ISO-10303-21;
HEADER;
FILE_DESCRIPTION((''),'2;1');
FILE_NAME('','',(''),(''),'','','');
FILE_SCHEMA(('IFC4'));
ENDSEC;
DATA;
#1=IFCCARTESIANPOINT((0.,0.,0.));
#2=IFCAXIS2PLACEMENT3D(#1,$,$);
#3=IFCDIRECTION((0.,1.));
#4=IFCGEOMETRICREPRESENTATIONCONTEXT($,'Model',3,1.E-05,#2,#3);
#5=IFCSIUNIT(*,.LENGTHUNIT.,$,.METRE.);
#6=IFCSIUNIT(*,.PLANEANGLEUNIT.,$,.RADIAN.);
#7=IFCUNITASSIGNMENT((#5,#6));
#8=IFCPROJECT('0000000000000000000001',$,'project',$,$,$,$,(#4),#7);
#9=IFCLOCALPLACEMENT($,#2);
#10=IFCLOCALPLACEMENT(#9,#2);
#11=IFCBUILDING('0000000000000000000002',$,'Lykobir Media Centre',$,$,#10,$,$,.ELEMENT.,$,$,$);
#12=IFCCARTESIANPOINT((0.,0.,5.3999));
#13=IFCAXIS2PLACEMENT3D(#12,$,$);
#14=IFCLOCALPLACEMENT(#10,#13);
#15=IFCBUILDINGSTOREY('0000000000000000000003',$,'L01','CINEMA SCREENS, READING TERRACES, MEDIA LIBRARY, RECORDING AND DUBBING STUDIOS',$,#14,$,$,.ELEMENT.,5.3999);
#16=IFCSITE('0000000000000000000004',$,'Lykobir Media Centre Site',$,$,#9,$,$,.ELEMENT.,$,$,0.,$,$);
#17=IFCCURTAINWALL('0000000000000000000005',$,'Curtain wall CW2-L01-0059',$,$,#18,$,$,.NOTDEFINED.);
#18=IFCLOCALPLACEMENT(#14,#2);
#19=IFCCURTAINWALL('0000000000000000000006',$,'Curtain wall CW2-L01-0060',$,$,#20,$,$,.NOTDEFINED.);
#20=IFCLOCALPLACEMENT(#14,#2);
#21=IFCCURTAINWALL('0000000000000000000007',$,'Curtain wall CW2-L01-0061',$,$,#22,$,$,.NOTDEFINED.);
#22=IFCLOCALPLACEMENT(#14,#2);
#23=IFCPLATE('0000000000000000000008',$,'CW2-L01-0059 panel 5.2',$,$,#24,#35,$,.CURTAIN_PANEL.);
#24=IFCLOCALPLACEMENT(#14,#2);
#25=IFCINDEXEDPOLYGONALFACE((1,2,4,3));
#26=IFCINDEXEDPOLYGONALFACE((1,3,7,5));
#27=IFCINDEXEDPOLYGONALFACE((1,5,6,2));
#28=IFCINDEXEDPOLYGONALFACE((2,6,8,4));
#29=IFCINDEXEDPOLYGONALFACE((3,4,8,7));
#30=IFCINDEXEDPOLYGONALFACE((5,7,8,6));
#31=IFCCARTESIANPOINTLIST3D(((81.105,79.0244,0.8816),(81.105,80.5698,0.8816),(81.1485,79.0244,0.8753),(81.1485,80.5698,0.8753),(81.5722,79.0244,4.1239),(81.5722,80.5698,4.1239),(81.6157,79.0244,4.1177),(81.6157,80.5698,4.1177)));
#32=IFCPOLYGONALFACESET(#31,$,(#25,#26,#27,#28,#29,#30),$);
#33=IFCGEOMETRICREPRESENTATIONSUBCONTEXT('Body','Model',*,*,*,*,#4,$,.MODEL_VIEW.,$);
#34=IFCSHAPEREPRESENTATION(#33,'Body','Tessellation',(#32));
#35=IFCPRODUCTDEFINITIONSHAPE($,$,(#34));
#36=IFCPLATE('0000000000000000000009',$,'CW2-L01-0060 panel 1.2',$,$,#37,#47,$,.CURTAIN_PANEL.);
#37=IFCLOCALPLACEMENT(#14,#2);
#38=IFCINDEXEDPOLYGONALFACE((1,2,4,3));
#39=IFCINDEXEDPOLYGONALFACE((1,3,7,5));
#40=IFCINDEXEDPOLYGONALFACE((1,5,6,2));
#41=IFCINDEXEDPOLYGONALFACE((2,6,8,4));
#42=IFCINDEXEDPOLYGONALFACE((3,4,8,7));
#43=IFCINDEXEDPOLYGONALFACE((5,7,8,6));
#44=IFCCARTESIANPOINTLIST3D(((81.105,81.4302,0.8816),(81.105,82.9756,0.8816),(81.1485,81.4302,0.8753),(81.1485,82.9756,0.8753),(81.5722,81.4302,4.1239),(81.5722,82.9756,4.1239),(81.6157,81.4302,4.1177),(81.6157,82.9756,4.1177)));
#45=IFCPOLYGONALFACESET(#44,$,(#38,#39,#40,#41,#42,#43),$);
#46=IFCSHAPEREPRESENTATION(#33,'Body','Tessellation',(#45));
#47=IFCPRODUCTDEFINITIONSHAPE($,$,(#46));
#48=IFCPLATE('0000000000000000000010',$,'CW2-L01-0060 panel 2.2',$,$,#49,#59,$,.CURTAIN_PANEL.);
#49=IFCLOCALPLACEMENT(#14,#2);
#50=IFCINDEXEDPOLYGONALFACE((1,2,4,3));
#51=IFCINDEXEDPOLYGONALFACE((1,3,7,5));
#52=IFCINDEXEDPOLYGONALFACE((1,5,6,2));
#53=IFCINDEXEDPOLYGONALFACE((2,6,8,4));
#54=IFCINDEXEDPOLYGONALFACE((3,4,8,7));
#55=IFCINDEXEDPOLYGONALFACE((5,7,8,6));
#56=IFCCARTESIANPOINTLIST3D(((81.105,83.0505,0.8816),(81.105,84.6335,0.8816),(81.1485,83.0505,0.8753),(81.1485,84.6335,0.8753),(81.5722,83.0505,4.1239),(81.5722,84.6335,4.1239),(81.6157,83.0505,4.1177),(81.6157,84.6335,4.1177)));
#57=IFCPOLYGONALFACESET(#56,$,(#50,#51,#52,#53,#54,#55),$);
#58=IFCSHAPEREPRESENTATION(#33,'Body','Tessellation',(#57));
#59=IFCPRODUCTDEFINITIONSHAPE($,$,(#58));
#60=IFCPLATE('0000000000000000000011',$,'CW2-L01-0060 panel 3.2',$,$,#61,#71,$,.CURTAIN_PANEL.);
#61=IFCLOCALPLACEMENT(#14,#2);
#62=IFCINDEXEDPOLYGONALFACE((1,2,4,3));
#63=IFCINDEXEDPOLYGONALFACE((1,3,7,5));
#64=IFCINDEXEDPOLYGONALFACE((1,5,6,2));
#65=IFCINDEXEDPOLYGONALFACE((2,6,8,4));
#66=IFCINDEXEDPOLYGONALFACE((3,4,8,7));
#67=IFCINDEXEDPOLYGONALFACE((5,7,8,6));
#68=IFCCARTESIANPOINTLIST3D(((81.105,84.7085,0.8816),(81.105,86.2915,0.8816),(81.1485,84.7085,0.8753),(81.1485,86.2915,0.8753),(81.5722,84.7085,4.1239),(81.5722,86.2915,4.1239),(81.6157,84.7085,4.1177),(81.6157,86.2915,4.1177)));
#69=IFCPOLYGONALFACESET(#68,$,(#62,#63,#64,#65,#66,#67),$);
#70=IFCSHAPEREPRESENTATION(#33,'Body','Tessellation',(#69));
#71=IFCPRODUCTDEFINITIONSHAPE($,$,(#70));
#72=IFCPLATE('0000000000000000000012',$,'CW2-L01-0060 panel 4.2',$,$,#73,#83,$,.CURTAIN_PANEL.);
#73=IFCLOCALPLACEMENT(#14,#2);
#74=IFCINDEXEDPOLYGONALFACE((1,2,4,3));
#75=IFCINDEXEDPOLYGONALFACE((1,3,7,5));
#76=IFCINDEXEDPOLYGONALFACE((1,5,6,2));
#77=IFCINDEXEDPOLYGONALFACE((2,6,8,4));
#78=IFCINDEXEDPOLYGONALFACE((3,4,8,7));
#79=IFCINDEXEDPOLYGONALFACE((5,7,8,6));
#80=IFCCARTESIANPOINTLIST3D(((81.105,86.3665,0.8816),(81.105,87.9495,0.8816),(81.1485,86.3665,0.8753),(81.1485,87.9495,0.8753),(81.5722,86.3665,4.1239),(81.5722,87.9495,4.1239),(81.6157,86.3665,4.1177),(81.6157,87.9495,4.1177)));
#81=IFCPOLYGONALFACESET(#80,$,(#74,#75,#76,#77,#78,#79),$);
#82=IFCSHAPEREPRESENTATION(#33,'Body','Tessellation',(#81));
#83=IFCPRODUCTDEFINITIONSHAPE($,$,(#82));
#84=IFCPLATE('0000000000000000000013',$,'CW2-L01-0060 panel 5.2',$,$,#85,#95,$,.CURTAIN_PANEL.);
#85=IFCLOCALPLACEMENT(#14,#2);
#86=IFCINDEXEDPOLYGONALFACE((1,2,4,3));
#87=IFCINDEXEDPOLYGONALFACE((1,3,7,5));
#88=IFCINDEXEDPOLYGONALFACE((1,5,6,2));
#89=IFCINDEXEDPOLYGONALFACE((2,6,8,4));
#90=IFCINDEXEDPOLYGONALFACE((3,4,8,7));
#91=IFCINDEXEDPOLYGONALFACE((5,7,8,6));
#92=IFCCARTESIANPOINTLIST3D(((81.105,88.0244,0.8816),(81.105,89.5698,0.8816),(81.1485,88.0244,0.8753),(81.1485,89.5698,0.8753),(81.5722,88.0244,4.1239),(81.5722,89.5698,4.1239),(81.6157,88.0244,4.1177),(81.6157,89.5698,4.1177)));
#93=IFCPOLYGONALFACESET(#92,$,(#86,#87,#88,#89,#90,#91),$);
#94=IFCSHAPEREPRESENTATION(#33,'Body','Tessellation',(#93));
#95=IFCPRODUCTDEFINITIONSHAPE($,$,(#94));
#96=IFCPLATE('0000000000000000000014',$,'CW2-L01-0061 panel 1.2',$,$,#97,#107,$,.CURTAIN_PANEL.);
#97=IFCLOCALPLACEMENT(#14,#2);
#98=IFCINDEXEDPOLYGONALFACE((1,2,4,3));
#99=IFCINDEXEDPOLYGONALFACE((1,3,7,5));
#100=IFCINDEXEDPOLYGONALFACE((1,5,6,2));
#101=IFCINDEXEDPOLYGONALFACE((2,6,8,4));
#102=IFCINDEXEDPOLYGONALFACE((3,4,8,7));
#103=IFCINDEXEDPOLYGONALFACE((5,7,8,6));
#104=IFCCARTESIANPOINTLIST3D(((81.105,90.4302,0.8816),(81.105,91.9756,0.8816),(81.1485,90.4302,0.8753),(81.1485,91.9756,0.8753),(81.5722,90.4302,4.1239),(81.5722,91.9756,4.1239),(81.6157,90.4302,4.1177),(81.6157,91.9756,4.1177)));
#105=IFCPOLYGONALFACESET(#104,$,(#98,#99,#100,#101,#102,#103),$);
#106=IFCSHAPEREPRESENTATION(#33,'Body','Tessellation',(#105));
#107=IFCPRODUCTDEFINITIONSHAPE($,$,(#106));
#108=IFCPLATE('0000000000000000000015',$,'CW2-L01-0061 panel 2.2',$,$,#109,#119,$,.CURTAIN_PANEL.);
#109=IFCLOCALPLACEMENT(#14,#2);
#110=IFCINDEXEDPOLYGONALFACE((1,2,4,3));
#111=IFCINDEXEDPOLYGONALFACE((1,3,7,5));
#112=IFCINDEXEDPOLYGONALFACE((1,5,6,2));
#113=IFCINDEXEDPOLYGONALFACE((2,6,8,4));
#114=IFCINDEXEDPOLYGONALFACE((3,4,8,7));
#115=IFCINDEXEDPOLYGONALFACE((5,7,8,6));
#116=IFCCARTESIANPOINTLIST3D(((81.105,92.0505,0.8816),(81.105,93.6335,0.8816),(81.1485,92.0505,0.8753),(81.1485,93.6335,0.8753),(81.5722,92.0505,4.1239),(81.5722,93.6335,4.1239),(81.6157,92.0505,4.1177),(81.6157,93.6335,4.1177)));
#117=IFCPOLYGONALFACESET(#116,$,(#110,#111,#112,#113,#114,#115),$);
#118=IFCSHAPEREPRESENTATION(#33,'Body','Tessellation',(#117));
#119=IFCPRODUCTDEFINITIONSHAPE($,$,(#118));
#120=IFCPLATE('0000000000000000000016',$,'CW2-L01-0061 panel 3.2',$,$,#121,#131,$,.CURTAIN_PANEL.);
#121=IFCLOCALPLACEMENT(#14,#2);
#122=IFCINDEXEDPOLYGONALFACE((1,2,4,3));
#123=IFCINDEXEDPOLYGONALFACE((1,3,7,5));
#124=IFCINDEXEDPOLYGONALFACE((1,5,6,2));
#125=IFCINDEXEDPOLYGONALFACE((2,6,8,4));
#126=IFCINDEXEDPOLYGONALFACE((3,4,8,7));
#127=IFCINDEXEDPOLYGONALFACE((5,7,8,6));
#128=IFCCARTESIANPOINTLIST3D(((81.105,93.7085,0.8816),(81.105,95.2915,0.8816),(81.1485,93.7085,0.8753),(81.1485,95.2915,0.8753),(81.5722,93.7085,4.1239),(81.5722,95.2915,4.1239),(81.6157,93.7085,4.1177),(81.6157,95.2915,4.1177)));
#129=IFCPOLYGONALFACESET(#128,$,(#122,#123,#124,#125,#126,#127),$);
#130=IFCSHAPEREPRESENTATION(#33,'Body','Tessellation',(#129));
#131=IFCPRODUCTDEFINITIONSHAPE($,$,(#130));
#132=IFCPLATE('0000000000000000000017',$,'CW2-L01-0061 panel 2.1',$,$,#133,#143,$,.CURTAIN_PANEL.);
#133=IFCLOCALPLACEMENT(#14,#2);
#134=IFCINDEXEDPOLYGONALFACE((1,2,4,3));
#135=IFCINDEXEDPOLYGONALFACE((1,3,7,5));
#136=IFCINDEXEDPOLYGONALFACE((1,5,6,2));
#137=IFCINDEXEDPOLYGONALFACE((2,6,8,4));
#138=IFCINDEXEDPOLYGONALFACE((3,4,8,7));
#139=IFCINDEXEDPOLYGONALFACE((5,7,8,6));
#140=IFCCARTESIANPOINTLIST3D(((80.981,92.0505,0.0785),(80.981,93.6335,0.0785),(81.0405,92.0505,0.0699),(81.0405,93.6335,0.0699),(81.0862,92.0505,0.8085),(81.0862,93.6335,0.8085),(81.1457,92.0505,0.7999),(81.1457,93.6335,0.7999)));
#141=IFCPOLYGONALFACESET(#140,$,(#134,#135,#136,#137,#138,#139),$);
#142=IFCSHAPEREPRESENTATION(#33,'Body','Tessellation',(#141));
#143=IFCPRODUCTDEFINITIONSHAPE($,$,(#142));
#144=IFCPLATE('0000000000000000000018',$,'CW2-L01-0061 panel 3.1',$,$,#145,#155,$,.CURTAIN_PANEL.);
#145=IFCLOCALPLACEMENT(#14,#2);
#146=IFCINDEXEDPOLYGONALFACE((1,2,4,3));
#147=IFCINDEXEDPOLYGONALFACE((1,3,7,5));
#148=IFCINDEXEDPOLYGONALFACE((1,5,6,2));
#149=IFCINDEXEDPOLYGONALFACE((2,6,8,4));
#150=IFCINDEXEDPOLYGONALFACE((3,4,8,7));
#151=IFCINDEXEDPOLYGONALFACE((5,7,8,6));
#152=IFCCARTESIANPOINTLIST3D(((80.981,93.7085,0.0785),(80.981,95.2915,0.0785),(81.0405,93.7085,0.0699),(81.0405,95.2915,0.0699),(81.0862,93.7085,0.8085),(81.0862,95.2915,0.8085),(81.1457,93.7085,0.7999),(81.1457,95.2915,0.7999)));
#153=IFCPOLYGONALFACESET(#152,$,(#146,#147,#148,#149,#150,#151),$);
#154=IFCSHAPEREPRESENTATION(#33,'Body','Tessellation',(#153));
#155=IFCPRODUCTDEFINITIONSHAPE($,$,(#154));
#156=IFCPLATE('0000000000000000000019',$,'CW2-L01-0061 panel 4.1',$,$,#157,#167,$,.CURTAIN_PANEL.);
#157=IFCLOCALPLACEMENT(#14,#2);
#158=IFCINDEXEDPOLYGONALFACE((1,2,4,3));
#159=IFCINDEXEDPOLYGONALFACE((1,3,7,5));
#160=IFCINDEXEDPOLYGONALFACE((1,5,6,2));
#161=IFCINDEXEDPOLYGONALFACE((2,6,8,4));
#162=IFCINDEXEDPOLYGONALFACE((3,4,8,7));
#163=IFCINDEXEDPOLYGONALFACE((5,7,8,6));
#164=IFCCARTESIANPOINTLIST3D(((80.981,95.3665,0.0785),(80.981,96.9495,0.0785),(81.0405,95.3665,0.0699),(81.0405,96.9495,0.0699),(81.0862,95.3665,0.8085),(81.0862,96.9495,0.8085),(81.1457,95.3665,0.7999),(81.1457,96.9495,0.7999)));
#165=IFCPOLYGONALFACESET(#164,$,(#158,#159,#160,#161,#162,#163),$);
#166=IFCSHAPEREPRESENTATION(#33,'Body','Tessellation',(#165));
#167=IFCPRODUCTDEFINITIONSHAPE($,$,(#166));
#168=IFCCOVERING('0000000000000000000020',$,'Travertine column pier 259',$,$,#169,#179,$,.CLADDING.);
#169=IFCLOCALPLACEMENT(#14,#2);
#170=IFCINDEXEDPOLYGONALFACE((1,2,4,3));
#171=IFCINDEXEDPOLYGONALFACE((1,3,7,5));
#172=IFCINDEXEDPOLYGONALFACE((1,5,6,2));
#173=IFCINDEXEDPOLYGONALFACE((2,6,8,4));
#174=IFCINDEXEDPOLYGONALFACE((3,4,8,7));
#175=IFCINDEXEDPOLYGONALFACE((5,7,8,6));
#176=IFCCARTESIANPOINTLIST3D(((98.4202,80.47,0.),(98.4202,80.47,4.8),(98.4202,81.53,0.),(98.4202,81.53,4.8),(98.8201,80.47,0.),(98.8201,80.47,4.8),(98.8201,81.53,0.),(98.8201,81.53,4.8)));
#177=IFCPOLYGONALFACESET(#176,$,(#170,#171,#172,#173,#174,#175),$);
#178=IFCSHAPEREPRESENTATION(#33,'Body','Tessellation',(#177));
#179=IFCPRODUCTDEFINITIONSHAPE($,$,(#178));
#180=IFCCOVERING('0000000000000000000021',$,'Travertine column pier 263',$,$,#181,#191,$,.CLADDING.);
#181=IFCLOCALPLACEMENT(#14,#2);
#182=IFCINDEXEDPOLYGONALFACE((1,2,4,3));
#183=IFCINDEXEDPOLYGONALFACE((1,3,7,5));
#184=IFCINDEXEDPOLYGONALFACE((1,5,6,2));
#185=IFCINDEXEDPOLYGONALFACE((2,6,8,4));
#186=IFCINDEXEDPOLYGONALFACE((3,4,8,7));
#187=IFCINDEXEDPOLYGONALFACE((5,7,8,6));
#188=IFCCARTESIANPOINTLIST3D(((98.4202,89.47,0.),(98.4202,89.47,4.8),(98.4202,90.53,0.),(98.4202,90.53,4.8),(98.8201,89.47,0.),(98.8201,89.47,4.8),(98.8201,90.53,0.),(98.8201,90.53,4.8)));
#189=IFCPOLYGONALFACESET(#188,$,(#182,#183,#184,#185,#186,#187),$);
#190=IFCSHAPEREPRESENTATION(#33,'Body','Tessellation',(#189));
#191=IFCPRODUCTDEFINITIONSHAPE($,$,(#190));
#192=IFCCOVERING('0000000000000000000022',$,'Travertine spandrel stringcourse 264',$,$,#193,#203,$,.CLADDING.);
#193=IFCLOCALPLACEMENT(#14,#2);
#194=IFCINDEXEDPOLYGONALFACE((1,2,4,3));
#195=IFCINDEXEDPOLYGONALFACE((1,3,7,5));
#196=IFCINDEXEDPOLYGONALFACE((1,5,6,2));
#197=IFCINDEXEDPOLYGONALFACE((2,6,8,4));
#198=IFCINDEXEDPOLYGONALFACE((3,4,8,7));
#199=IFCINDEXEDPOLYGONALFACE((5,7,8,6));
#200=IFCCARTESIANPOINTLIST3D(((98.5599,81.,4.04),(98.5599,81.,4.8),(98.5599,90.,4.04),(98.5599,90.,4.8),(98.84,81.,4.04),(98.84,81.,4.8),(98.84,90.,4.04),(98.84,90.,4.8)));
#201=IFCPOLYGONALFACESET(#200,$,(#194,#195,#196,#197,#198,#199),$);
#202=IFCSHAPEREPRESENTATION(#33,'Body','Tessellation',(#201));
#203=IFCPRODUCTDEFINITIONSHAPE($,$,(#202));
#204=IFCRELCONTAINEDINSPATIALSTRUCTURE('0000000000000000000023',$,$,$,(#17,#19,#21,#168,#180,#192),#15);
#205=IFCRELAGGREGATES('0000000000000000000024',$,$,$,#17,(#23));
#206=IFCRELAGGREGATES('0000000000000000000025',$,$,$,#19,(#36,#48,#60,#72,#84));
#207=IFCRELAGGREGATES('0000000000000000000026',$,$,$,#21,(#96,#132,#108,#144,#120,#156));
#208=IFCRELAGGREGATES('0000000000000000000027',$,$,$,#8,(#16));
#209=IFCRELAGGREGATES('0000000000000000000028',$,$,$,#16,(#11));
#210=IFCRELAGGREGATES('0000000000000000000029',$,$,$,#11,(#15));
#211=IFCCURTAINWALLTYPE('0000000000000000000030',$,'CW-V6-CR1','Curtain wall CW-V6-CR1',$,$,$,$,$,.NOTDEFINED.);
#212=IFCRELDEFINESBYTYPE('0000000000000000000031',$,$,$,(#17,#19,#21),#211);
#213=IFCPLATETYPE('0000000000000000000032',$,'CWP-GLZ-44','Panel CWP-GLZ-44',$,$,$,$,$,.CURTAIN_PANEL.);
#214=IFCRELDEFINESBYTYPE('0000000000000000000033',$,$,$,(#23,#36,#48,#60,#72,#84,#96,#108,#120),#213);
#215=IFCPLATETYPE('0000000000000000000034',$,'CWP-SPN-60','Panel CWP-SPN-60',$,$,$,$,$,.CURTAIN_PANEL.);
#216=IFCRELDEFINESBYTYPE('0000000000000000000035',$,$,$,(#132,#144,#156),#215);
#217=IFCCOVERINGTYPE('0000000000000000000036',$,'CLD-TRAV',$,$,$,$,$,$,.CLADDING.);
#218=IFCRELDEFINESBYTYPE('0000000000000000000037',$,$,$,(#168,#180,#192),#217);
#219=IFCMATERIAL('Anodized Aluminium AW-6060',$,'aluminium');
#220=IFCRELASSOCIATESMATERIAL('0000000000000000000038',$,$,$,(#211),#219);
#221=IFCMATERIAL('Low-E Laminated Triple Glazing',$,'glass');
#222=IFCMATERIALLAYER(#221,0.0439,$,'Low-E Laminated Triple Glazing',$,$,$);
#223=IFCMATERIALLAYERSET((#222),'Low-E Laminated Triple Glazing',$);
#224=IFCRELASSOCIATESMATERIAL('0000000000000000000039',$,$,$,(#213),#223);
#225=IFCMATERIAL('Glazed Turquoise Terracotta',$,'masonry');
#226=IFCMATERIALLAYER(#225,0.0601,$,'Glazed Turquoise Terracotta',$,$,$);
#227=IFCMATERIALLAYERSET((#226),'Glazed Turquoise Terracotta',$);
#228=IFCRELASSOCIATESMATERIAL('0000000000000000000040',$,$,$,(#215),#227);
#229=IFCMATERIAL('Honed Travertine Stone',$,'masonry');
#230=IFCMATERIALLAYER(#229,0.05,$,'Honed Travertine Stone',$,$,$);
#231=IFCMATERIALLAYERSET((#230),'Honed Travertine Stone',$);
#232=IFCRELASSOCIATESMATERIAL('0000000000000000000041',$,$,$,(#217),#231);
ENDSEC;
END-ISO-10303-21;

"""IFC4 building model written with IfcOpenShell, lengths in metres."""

from ifc_helpers import new_model, si_unit, direction, frame, origin, origin_2d, place, context, subcontext, project, spatial, rectangle, extrude, material, layer, layer_set, type_object, element, aggregate, save


model = new_model("IFC4")

# Units and contexts
model_context = context("Model", 3, precision=1e-05, world=origin(), true_north=direction((0.0, 1.0)))
body_context = subcontext(model_context, "Body", "Model", "MODEL_VIEW")
ifc_project = project(units=[si_unit("LENGTHUNIT", "METRE"), si_unit("PLANEANGLEUNIT", "RADIAN")], contexts=[model_context])

# Site, building, storey
site_placement = place(None, origin())
site = spatial("IfcSite", under=ifc_project, at=site_placement, Name="Lykobir Media Centre Site", CompositionType="ELEMENT", RefElevation=0.0)
building_placement = place(site_placement, origin())
building = spatial("IfcBuilding", under=site, at=building_placement, Name="Lykobir Media Centre", CompositionType="ELEMENT")
storey_placement = place(building_placement, frame((0.0, 0.0, 5.3999)))
storey = spatial("IfcBuildingStorey", under=building, at=storey_placement, Name="L01", Description="CINEMA SCREENS, READING TERRACES, MEDIA LIBRARY, RECORDING AND DUBBING STUDIOS", CompositionType="ELEMENT", Elevation=5.3999)

# Curtain walls
ifc_material_1 = material(Name="Anodized Aluminium AW-6060", Category="aluminium")
curtain_wall_type = type_object("IfcCurtainWallType", Name="CW-V6-CR1", Description="Curtain wall CW-V6-CR1", PredefinedType="NOTDEFINED", material=ifc_material_1)
curtain_wall_1_placement = place(storey_placement, origin())
curtain_wall_1 = element("IfcCurtainWall", 1, at=curtain_wall_1_placement, inside=storey, type_object=curtain_wall_type, Name="Curtain wall CW2-L01-0059", PredefinedType="NOTDEFINED")
curtain_wall_2_placement = place(storey_placement, origin())
curtain_wall_2 = element("IfcCurtainWall", 2, at=curtain_wall_2_placement, inside=storey, type_object=curtain_wall_type, Name="Curtain wall CW2-L01-0060", PredefinedType="NOTDEFINED")
curtain_wall_3_placement = place(storey_placement, origin())
curtain_wall_3 = element("IfcCurtainWall", 3, at=curtain_wall_3_placement, inside=storey, type_object=curtain_wall_type, Name="Curtain wall CW2-L01-0061", PredefinedType="NOTDEFINED")

# Plates
ifc_material_2 = material(Name="Low-E Laminated Triple Glazing", Category="glass")
ifc_layer_1 = layer(ifc_material_2, 0.0439, Name="Low-E Laminated Triple Glazing")
ifc_layer_set_1 = layer_set([ifc_layer_1], Name="Low-E Laminated Triple Glazing")
plate_type_1 = type_object("IfcPlateType", Name="CWP-GLZ-44", Description="Panel CWP-GLZ-44", PredefinedType="CURTAIN_PANEL", material=ifc_layer_set_1)
plate_1_placement = place(storey_placement, frame((81.1267, 79.7971, 0.8784), z_axis=(0.142629, 0.0, 0.989776), x_axis=(0.0, 1.0, 0.0)))
plate_1 = element("IfcPlate", 4, at=plate_1_placement, type_object=plate_type_1, Name="CW2-L01-0059 panel 5.2", PredefinedType="CURTAIN_PANEL", context=body_context, shape_type="SweptSolid", body=[
    extrude(rectangle(XDim=1.5454, YDim=0.0439, at=origin_2d()), origin(), (0.0, 0.0, 1.0), 3.2759),
])
aggregate(curtain_wall_1, [plate_1])
plate_2_placement = place(storey_placement, frame((81.1267, 82.2029, 0.8784), z_axis=(0.142629, 0.0, 0.989776), x_axis=(0.0, 1.0, 0.0)))
plate_2 = element("IfcPlate", 5, at=plate_2_placement, type_object=plate_type_1, Name="CW2-L01-0060 panel 1.2", PredefinedType="CURTAIN_PANEL", context=body_context, shape_type="SweptSolid", body=[
    extrude(rectangle(XDim=1.5454, YDim=0.0439, at=origin_2d()), origin(), (0.0, 0.0, 1.0), 3.2759),
])
plate_3_placement = place(storey_placement, frame((81.1267, 83.842, 0.8784), z_axis=(0.142629, 0.0, 0.989776), x_axis=(0.0, 1.0, 0.0)))
plate_3 = element("IfcPlate", 6, at=plate_3_placement, type_object=plate_type_1, Name="CW2-L01-0060 panel 2.2", PredefinedType="CURTAIN_PANEL", context=body_context, shape_type="SweptSolid", body=[
    extrude(rectangle(XDim=1.583, YDim=0.0439, at=origin_2d()), origin(), (0.0, 0.0, 1.0), 3.2759),
])
plate_4_placement = place(storey_placement, frame((81.1267, 85.5, 0.8784), z_axis=(0.142629, 0.0, 0.989776), x_axis=(0.0, 1.0, 0.0)))
plate_4 = element("IfcPlate", 7, at=plate_4_placement, type_object=plate_type_1, Name="CW2-L01-0060 panel 3.2", PredefinedType="CURTAIN_PANEL", context=body_context, shape_type="SweptSolid", body=[
    extrude(rectangle(XDim=1.583, YDim=0.0439, at=origin_2d()), origin(), (0.0, 0.0, 1.0), 3.2759),
])
plate_5_placement = place(storey_placement, frame((81.1267, 87.158, 0.8784), z_axis=(0.142629, 0.0, 0.989776), x_axis=(0.0, 1.0, 0.0)))
plate_5 = element("IfcPlate", 8, at=plate_5_placement, type_object=plate_type_1, Name="CW2-L01-0060 panel 4.2", PredefinedType="CURTAIN_PANEL", context=body_context, shape_type="SweptSolid", body=[
    extrude(rectangle(XDim=1.583, YDim=0.0439, at=origin_2d()), origin(), (0.0, 0.0, 1.0), 3.2759),
])
plate_6_placement = place(storey_placement, frame((81.1267, 88.7971, 0.8784), z_axis=(0.142629, 0.0, 0.989776), x_axis=(0.0, 1.0, 0.0)))
plate_6 = element("IfcPlate", 9, at=plate_6_placement, type_object=plate_type_1, Name="CW2-L01-0060 panel 5.2", PredefinedType="CURTAIN_PANEL", context=body_context, shape_type="SweptSolid", body=[
    extrude(rectangle(XDim=1.5454, YDim=0.0439, at=origin_2d()), origin(), (0.0, 0.0, 1.0), 3.2759),
])
aggregate(curtain_wall_2, [plate_2, plate_3, plate_4, plate_5, plate_6])
plate_7_placement = place(storey_placement, frame((81.1267, 91.2029, 0.8784), z_axis=(0.142629, 0.0, 0.989776), x_axis=(0.0, 1.0, 0.0)))
plate_7 = element("IfcPlate", 10, at=plate_7_placement, type_object=plate_type_1, Name="CW2-L01-0061 panel 1.2", PredefinedType="CURTAIN_PANEL", context=body_context, shape_type="SweptSolid", body=[
    extrude(rectangle(XDim=1.5454, YDim=0.0439, at=origin_2d()), origin(), (0.0, 0.0, 1.0), 3.2759),
])
plate_8_placement = place(storey_placement, frame((81.1267, 92.842, 0.8784), z_axis=(0.142629, 0.0, 0.989776), x_axis=(0.0, 1.0, 0.0)))
plate_8 = element("IfcPlate", 11, at=plate_8_placement, type_object=plate_type_1, Name="CW2-L01-0061 panel 2.2", PredefinedType="CURTAIN_PANEL", context=body_context, shape_type="SweptSolid", body=[
    extrude(rectangle(XDim=1.583, YDim=0.0439, at=origin_2d()), origin(), (0.0, 0.0, 1.0), 3.2759),
])
plate_9_placement = place(storey_placement, frame((81.1267, 94.5, 0.8784), z_axis=(0.142629, 0.0, 0.989776), x_axis=(0.0, 1.0, 0.0)))
plate_9 = element("IfcPlate", 12, at=plate_9_placement, type_object=plate_type_1, Name="CW2-L01-0061 panel 3.2", PredefinedType="CURTAIN_PANEL", context=body_context, shape_type="SweptSolid", body=[
    extrude(rectangle(XDim=1.583, YDim=0.0439, at=origin_2d()), origin(), (0.0, 0.0, 1.0), 3.2759),
])
ifc_material_3 = material(Name="Glazed Turquoise Terracotta", Category="masonry")
ifc_layer_2 = layer(ifc_material_3, 0.0601, Name="Glazed Turquoise Terracotta")
ifc_layer_set_2 = layer_set([ifc_layer_2], Name="Glazed Turquoise Terracotta")
plate_type_2 = type_object("IfcPlateType", Name="CWP-SPN-60", Description="Panel CWP-SPN-60", PredefinedType="CURTAIN_PANEL", material=ifc_layer_set_2)
plate_10_placement = place(storey_placement, frame((81.0107, 92.842, 0.0742), z_axis=(0.142629, 0.0, 0.989776), x_axis=(0.0, 1.0, 0.0)))
plate_10 = element("IfcPlate", 13, at=plate_10_placement, type_object=plate_type_2, Name="CW2-L01-0061 panel 2.1", PredefinedType="CURTAIN_PANEL", context=body_context, shape_type="SweptSolid", body=[
    extrude(rectangle(XDim=1.583, YDim=0.0601, at=origin_2d()), origin(), (0.0, 0.0, 1.0), 0.7375),
])
plate_11_placement = place(storey_placement, frame((81.0107, 94.5, 0.0742), z_axis=(0.142629, 0.0, 0.989776), x_axis=(0.0, 1.0, 0.0)))
plate_11 = element("IfcPlate", 14, at=plate_11_placement, type_object=plate_type_2, Name="CW2-L01-0061 panel 3.1", PredefinedType="CURTAIN_PANEL", context=body_context, shape_type="SweptSolid", body=[
    extrude(rectangle(XDim=1.583, YDim=0.0601, at=origin_2d()), origin(), (0.0, 0.0, 1.0), 0.7375),
])
plate_12_placement = place(storey_placement, frame((81.0107, 96.158, 0.0742), z_axis=(0.142629, 0.0, 0.989776), x_axis=(0.0, 1.0, 0.0)))
plate_12 = element("IfcPlate", 15, at=plate_12_placement, type_object=plate_type_2, Name="CW2-L01-0061 panel 4.1", PredefinedType="CURTAIN_PANEL", context=body_context, shape_type="SweptSolid", body=[
    extrude(rectangle(XDim=1.583, YDim=0.0601, at=origin_2d()), origin(), (0.0, 0.0, 1.0), 0.7375),
])
aggregate(curtain_wall_3, [plate_7, plate_10, plate_8, plate_11, plate_9, plate_12])

# Coverings
ifc_material_4 = material(Name="Honed Travertine Stone", Category="masonry")
ifc_layer_3 = layer(ifc_material_4, 0.05, Name="Honed Travertine Stone")
ifc_layer_set_3 = layer_set([ifc_layer_3], Name="Honed Travertine Stone")
covering_type = type_object("IfcCoveringType", Name="CLD-TRAV", PredefinedType="CLADDING", material=ifc_layer_set_3)
for number, where, z_axis, x_axis, name in (
    (16, (98.6201, 81.0, 0.0), (0.0, 0.0, 1.0), (0.0, -1.0, 0.0), "Travertine column pier 259"),
    (17, (98.6201, 90.0, 0.0), (0.0, 0.0, 1.0), (0.0, -1.0, 0.0), "Travertine column pier 263"),
):
    element("IfcCovering", number, at=place(storey_placement, frame(where, z_axis=z_axis, x_axis=x_axis)), inside=storey, type_object=covering_type, Name=name, PredefinedType="CLADDING", context=body_context, shape_type="SweptSolid", body=[
        extrude(rectangle(XDim=1.0601, YDim=0.3999, at=origin_2d()), origin(), (0.0, 0.0, 1.0), 4.8),
    ])
covering_1_placement = place(storey_placement, frame((98.7, 85.5, 4.04), z_axis=(0.0, 0.0, 1.0), x_axis=(0.0, -1.0, 0.0)))
element("IfcCovering", 18, at=covering_1_placement, inside=storey, type_object=covering_type, Name="Travertine spandrel stringcourse 264", PredefinedType="CLADDING", context=body_context, shape_type="SweptSolid", body=[
    extrude(rectangle(XDim=9.0, YDim=0.28, at=origin_2d()), origin(), (0.0, 0.0, 1.0), 0.76),
])

save(model, "model.ifc")
